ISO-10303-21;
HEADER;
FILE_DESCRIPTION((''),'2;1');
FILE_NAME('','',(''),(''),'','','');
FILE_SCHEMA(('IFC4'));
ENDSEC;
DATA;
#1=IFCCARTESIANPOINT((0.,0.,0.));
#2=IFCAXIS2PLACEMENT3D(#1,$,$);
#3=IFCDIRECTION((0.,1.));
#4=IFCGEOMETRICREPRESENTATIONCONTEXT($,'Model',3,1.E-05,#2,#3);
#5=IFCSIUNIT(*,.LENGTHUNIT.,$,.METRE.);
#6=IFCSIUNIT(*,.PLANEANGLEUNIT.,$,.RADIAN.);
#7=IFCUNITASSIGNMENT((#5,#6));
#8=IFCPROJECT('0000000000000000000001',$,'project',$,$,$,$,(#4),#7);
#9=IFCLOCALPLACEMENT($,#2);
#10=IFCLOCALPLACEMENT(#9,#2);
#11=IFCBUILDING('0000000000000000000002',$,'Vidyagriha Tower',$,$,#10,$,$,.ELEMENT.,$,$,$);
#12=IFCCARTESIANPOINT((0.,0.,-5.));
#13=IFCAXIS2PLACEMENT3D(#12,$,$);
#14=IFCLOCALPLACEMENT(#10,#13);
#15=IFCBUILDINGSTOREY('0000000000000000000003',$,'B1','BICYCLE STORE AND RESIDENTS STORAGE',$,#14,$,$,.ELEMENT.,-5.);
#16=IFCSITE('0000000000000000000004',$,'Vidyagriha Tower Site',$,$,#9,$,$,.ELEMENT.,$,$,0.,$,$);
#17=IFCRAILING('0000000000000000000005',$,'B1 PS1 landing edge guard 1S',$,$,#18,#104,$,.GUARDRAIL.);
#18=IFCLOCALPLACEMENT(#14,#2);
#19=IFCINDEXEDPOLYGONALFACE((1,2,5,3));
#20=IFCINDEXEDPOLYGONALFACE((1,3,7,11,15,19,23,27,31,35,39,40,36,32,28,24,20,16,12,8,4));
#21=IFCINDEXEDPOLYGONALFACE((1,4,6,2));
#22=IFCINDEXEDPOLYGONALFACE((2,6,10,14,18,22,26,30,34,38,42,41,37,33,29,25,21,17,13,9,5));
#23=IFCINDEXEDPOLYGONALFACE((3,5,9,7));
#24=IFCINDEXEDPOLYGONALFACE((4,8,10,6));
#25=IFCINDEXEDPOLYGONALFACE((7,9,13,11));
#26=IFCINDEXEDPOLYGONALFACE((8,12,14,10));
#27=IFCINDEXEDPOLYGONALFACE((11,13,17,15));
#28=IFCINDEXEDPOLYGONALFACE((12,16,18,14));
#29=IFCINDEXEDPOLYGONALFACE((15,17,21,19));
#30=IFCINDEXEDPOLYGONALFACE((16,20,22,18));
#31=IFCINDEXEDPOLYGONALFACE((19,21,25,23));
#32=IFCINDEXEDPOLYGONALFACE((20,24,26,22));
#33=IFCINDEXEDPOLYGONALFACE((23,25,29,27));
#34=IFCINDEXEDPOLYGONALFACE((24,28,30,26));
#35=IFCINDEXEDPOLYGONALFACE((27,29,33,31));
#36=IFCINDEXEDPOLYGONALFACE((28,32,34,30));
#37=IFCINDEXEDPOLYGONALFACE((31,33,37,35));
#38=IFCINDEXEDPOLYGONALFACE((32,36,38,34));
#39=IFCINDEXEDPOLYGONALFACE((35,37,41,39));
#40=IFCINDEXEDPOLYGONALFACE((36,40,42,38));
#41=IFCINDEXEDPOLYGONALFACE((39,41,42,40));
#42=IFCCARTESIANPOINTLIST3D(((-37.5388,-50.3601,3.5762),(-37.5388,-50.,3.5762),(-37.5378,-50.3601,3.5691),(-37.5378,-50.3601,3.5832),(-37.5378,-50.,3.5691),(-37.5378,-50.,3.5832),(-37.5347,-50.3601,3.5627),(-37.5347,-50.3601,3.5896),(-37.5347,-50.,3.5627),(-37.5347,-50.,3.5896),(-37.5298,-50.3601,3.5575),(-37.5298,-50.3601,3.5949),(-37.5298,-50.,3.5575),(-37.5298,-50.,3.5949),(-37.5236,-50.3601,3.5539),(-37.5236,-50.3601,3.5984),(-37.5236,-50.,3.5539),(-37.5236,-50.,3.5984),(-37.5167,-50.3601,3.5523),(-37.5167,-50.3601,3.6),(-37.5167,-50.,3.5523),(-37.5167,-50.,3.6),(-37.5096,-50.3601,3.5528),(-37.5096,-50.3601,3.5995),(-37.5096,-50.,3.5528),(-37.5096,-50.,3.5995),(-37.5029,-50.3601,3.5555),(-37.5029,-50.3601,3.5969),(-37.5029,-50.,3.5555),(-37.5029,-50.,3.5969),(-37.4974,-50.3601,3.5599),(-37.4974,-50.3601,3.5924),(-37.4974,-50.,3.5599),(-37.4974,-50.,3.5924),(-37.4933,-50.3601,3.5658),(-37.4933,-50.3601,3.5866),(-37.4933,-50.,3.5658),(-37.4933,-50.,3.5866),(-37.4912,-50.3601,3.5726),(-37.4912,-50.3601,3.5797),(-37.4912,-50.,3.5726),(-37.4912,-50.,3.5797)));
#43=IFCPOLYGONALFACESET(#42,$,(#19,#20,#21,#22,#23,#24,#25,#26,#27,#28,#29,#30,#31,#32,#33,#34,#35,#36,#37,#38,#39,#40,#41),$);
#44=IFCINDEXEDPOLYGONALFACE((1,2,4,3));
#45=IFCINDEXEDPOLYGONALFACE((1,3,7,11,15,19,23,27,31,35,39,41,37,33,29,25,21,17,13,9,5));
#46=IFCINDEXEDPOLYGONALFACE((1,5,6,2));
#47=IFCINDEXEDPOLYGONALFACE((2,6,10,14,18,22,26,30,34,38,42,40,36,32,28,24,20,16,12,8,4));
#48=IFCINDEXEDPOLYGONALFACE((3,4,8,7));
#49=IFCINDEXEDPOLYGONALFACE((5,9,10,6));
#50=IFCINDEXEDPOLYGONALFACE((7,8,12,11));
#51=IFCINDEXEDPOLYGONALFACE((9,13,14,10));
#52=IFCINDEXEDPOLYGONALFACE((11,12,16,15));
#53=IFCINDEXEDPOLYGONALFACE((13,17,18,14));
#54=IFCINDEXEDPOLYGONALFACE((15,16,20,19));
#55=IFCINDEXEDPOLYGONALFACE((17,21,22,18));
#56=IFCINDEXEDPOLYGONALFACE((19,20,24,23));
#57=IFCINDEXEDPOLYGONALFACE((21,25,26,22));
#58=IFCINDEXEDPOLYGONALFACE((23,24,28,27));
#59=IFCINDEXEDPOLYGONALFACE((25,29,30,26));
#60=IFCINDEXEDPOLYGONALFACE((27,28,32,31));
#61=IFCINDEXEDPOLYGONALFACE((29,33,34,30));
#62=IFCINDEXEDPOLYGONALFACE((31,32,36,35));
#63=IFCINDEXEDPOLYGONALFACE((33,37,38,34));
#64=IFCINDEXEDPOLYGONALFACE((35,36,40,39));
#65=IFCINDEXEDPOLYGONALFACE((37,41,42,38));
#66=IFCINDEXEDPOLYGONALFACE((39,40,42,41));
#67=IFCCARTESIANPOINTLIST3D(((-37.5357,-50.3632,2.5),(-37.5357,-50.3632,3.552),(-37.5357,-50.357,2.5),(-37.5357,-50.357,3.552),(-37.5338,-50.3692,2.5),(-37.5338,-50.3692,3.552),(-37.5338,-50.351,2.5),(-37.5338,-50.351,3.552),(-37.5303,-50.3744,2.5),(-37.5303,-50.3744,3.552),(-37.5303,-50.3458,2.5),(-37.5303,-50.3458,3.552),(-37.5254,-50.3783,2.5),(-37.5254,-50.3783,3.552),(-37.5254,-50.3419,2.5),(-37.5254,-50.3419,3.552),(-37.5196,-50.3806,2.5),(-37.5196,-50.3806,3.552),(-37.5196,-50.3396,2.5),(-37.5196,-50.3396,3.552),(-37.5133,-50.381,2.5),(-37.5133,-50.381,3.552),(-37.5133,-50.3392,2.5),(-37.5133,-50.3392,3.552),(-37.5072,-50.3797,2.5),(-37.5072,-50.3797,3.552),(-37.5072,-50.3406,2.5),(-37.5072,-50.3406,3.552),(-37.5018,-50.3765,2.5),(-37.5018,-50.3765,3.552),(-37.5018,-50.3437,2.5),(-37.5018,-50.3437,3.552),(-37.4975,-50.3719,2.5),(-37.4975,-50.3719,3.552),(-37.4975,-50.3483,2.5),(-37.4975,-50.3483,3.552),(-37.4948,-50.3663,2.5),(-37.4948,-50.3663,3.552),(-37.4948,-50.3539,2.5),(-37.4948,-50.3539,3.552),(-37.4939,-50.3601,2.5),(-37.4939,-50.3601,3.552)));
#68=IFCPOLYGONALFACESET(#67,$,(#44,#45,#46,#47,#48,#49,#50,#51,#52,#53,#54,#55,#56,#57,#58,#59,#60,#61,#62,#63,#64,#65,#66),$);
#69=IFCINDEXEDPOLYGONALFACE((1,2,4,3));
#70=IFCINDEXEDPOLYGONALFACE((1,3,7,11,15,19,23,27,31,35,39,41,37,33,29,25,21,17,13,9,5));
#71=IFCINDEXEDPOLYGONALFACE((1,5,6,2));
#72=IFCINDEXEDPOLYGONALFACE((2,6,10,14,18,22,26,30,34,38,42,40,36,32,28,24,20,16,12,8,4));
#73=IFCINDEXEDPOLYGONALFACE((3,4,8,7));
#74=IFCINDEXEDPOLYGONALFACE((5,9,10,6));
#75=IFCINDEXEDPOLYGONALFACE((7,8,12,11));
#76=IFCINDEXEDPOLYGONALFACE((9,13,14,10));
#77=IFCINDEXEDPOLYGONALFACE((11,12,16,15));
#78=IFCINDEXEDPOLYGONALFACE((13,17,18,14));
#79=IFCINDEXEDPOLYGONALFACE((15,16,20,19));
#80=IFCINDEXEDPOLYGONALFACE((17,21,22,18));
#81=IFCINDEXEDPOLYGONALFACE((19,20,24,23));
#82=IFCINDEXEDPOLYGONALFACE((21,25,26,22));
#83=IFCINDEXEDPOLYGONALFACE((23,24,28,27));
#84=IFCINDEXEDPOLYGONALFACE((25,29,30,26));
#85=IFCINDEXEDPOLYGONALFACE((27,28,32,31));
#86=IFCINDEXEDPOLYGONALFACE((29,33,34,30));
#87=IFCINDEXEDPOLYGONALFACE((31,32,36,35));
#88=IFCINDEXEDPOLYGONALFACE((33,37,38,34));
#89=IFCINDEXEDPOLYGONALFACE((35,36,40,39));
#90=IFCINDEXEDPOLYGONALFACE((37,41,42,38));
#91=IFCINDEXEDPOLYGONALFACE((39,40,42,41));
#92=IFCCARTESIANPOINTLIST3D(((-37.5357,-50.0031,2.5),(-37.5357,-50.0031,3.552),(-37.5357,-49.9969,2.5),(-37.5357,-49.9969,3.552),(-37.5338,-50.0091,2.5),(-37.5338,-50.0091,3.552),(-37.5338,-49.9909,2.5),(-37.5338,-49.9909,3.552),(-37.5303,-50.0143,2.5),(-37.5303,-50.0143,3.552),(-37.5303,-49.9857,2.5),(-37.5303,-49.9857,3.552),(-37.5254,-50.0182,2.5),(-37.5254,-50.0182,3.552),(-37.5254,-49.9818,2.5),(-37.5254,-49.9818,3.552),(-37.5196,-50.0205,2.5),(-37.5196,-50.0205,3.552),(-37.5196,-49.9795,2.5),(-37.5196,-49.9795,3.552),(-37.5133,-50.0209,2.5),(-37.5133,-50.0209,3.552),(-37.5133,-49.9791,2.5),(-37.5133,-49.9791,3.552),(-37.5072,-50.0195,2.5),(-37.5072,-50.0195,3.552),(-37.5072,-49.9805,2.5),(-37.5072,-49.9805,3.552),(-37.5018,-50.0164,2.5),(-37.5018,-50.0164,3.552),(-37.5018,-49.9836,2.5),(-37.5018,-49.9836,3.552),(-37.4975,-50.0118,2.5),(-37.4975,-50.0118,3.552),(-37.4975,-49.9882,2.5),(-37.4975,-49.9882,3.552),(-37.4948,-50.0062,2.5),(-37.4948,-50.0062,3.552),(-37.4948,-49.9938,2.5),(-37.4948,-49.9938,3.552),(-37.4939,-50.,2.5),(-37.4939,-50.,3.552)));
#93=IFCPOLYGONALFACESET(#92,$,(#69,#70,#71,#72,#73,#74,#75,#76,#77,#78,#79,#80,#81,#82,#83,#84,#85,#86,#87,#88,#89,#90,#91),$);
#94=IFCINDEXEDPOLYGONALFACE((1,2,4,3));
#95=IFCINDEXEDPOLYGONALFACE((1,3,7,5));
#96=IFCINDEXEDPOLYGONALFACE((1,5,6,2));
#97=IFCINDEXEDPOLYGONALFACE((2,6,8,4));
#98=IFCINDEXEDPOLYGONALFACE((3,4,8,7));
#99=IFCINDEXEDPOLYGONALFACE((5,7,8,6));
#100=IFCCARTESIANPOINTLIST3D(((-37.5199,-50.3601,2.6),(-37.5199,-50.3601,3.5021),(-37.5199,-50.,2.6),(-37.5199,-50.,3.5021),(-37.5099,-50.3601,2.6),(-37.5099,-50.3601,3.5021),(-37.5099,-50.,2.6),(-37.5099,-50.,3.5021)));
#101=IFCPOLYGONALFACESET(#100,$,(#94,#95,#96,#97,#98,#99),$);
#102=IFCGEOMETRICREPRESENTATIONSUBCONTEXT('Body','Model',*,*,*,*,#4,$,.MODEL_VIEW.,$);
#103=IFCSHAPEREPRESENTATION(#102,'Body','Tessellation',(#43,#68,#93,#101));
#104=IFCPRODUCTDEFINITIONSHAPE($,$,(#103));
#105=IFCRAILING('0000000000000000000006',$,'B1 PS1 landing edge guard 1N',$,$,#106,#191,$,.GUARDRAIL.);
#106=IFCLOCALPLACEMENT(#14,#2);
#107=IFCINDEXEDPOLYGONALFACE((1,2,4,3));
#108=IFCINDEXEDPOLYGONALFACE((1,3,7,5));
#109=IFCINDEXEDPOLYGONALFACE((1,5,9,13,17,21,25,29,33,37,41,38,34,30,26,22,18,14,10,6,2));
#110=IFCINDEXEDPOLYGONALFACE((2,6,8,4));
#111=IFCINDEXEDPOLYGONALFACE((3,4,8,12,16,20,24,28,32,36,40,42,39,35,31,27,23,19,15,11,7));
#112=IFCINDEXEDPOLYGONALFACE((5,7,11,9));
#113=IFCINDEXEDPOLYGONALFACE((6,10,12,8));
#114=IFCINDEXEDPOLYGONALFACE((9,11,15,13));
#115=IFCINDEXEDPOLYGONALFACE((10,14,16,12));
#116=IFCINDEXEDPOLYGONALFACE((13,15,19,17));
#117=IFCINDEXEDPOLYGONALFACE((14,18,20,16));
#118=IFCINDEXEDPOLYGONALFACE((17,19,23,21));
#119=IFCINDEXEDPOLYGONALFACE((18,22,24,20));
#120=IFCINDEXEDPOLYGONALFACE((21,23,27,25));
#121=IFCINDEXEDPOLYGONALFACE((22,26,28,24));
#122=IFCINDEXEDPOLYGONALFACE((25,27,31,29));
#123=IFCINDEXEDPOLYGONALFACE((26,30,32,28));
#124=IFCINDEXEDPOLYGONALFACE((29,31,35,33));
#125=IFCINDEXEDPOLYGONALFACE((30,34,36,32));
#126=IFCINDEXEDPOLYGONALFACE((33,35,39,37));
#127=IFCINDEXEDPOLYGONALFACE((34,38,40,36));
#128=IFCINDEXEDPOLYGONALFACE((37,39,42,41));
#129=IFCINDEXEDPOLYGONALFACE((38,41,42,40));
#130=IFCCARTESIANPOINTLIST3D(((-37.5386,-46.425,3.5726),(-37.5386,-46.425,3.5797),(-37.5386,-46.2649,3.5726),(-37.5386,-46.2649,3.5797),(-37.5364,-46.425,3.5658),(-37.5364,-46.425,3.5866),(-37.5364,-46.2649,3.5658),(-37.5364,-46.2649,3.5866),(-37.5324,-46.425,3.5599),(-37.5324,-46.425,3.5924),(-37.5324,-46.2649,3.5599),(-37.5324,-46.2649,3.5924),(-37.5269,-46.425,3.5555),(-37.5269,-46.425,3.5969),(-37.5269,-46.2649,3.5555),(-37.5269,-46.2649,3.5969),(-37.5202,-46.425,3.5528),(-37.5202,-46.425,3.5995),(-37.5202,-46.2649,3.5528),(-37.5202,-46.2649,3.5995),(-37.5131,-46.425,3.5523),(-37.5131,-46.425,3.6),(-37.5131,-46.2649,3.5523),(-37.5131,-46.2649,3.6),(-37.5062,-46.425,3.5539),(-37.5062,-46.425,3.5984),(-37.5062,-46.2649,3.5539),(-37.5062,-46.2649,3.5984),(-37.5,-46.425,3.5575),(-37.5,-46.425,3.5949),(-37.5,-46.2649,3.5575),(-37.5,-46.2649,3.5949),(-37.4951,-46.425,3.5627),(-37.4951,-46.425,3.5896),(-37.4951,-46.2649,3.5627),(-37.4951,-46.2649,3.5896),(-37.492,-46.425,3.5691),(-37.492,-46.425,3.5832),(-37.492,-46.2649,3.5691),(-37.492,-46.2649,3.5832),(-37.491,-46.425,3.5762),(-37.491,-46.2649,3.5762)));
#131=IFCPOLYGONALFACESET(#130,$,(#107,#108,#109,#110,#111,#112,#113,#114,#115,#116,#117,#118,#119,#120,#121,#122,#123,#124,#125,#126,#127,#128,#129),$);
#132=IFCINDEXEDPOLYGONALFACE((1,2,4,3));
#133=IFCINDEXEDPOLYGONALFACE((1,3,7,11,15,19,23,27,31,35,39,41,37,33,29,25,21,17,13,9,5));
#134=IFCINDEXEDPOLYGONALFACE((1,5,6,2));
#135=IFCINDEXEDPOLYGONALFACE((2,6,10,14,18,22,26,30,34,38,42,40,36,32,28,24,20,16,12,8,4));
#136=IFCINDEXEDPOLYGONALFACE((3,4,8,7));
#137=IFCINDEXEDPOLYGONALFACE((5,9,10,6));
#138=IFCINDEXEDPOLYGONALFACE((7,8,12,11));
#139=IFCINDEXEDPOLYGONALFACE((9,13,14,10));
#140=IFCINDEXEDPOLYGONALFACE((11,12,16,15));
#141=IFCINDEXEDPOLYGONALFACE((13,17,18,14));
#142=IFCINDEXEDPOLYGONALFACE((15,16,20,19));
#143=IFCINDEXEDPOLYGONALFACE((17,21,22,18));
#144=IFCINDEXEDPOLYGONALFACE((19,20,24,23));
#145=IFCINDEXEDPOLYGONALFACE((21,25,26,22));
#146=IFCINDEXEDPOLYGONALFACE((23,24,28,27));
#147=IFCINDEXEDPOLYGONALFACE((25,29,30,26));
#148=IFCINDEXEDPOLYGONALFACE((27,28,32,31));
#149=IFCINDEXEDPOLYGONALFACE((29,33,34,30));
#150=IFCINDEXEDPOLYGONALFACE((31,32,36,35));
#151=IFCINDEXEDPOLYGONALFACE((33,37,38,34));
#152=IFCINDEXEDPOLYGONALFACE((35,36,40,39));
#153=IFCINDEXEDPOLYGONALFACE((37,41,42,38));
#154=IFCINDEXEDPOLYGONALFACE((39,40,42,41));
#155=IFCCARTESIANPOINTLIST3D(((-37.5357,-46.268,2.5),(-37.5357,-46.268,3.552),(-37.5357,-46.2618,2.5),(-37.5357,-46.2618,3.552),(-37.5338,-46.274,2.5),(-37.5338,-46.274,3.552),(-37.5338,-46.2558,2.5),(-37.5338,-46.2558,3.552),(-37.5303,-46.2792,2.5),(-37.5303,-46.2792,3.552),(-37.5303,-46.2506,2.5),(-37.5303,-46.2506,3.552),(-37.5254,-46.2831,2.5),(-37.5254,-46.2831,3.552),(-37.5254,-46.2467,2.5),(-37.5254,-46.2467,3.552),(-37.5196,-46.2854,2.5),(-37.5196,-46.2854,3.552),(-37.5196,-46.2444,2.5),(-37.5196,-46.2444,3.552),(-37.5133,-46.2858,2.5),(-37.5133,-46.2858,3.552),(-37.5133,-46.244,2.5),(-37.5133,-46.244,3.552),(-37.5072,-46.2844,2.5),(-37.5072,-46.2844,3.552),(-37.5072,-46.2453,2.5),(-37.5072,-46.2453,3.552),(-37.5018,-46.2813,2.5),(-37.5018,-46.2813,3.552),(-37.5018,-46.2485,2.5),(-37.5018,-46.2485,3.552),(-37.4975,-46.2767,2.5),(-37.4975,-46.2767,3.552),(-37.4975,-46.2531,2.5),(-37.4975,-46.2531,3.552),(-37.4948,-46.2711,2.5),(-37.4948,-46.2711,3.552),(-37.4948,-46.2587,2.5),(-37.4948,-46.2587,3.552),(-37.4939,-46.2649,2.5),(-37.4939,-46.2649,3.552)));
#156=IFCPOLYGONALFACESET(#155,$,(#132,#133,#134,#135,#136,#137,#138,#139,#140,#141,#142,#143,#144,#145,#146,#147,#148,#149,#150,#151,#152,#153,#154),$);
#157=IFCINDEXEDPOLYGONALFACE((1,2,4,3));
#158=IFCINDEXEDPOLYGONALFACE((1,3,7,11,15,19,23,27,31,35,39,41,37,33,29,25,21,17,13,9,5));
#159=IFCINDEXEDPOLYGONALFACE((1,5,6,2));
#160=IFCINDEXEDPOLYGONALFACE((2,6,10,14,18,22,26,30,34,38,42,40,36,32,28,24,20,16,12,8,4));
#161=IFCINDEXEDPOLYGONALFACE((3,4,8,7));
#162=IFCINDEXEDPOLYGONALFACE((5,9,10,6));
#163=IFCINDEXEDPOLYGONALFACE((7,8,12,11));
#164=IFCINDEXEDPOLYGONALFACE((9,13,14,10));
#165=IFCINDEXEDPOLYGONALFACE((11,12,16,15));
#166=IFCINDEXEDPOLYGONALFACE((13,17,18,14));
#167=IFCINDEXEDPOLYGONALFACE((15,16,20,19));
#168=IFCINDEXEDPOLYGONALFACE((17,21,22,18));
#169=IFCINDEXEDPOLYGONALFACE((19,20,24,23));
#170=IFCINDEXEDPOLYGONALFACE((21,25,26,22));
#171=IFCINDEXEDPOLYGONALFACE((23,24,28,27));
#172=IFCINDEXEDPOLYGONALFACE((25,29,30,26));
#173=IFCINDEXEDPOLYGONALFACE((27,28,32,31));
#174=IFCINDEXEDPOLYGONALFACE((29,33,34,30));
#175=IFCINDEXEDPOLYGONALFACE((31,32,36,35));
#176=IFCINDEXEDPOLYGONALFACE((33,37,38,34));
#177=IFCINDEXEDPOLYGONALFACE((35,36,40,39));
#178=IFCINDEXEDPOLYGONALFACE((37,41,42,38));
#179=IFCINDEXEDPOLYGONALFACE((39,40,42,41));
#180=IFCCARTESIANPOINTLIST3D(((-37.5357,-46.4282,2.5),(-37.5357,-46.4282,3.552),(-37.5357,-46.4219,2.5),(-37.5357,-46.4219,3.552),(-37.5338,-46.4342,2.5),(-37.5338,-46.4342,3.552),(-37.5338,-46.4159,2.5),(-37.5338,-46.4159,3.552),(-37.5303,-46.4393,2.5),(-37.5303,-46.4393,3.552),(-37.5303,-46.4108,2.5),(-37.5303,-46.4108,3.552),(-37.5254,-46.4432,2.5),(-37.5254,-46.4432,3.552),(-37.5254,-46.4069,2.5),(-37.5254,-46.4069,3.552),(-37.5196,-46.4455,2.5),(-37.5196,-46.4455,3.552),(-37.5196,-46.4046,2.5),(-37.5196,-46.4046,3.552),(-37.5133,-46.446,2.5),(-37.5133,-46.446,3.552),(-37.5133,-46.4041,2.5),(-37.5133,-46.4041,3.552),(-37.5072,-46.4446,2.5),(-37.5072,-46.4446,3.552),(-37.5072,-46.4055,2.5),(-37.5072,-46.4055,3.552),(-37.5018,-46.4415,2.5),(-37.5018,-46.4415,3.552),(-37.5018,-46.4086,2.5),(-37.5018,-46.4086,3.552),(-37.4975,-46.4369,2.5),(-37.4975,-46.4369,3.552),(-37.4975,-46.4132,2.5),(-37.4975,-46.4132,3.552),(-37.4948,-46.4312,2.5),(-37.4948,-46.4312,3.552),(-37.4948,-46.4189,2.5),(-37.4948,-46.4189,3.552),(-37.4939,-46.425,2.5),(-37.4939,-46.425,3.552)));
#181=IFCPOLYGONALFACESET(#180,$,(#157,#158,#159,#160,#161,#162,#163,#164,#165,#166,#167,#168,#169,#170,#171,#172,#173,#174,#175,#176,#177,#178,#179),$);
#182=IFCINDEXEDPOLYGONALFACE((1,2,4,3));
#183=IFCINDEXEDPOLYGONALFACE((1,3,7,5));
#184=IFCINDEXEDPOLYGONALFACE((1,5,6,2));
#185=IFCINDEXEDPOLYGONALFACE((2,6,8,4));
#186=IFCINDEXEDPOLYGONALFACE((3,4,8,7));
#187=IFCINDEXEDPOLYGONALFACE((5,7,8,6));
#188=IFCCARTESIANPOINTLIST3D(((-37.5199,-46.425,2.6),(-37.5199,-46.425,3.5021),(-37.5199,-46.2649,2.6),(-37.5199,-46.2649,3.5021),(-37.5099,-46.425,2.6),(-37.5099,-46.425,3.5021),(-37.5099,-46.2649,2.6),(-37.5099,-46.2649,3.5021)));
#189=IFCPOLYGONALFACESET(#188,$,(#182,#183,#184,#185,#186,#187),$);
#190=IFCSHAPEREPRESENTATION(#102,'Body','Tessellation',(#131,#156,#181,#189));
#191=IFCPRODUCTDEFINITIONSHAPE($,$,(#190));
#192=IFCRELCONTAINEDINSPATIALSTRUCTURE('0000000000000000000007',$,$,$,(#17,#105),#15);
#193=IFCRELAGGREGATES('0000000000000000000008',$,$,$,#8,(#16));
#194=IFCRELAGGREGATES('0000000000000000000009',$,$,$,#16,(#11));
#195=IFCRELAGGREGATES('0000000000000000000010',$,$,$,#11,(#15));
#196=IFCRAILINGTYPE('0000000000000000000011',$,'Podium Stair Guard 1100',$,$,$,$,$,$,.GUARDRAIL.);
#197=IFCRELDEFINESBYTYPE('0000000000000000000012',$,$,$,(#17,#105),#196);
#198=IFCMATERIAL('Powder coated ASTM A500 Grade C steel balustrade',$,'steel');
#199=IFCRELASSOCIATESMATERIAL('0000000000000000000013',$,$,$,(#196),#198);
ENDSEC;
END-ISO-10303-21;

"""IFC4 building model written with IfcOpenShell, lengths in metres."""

from ifc_helpers import new_model, si_unit, direction, frame, origin, origin_2d, place, context, subcontext, project, spatial, rectangle, circle, extrude, material, type_object, element, save


model = new_model("IFC4")

# Units and contexts
model_context = context("Model", 3, precision=1e-05, world=origin(), true_north=direction((0.0, 1.0)))
body_context = subcontext(model_context, "Body", "Model", "MODEL_VIEW")
ifc_project = project(units=[si_unit("LENGTHUNIT", "METRE"), si_unit("PLANEANGLEUNIT", "RADIAN")], contexts=[model_context])

# Site, building, storey
site_placement = place(None, origin())
site = spatial("IfcSite", under=ifc_project, at=site_placement, Name="Vidyagriha Tower Site", CompositionType="ELEMENT", RefElevation=0.0)
building_placement = place(site_placement, origin())
building = spatial("IfcBuilding", under=site, at=building_placement, Name="Vidyagriha Tower", CompositionType="ELEMENT")
storey_placement = place(building_placement, frame((0.0, 0.0, -5.0)))
storey = spatial("IfcBuildingStorey", under=building, at=storey_placement, Name="B1", Description="BICYCLE STORE AND RESIDENTS STORAGE", CompositionType="ELEMENT", Elevation=-5.0)

# Railings
ifc_material_1 = material(Name="Powder coated ASTM A500 Grade C steel balustrade", Category="steel")
railing_type_1 = type_object("IfcRailingType", Name="Podium Stair Guard 1100", PredefinedType="GUARDRAIL", material=ifc_material_1)
railing_1_placement = place(storey_placement, frame((-37.5149, -50.3601, 2.5)))
element("IfcRailing", 1, at=railing_1_placement, inside=storey, type_object=railing_type_1, Name="B1 PS1 landing edge guard 1S", PredefinedType="GUARDRAIL", context=body_context, shape_type="SweptSolid", body=[
    extrude(circle(Radius=0.0239, at=origin_2d()), frame((0.0, 0.0, 1.0762), z_axis=(0.0, 1.0, 0.0), x_axis=(-1.0, 0.0, 0.0)), (0.0, 0.0, 1.0), 0.3601),
    extrude(circle(Radius=0.021, at=origin_2d()), origin(), (0.0, 0.0, 1.0), 1.052),
    extrude(circle(Radius=0.021, at=origin_2d()), frame((0.0, 0.3601, 0.0)), (0.0, 0.0, 1.0), 1.052),
    extrude(rectangle(XDim=0.01, YDim=0.9021, at=origin_2d()), frame((0.0, 0.0, 0.551), z_axis=(0.0, 1.0, 0.0), x_axis=(-1.0, 0.0, 0.0)), (0.0, 0.0, 1.0), 0.3601),
])
railing_2_placement = place(storey_placement, frame((-37.5149, -46.2649, 2.5)))
element("IfcRailing", 2, at=railing_2_placement, inside=storey, type_object=railing_type_1, Name="B1 PS1 landing edge guard 1N", PredefinedType="GUARDRAIL", context=body_context, shape_type="SweptSolid", body=[
    extrude(circle(Radius=0.0239, at=origin_2d()), frame((0.0, 0.0, 1.0762), z_axis=(0.0, -1.0, 0.0), x_axis=(1.0, 0.0, 0.0)), (0.0, 0.0, 1.0), 0.1602),
    extrude(circle(Radius=0.021, at=origin_2d()), origin(), (0.0, 0.0, 1.0), 1.052),
    extrude(circle(Radius=0.021, at=origin_2d()), frame((0.0, -0.1602, 0.0)), (0.0, 0.0, 1.0), 1.052),
    extrude(rectangle(XDim=0.01, YDim=0.9021, at=origin_2d()), frame((0.0, 0.0, 0.551), z_axis=(0.0, -1.0, 0.0), x_axis=(1.0, 0.0, 0.0)), (0.0, 0.0, 1.0), 0.1602),
])

save(model, "model.ifc")
